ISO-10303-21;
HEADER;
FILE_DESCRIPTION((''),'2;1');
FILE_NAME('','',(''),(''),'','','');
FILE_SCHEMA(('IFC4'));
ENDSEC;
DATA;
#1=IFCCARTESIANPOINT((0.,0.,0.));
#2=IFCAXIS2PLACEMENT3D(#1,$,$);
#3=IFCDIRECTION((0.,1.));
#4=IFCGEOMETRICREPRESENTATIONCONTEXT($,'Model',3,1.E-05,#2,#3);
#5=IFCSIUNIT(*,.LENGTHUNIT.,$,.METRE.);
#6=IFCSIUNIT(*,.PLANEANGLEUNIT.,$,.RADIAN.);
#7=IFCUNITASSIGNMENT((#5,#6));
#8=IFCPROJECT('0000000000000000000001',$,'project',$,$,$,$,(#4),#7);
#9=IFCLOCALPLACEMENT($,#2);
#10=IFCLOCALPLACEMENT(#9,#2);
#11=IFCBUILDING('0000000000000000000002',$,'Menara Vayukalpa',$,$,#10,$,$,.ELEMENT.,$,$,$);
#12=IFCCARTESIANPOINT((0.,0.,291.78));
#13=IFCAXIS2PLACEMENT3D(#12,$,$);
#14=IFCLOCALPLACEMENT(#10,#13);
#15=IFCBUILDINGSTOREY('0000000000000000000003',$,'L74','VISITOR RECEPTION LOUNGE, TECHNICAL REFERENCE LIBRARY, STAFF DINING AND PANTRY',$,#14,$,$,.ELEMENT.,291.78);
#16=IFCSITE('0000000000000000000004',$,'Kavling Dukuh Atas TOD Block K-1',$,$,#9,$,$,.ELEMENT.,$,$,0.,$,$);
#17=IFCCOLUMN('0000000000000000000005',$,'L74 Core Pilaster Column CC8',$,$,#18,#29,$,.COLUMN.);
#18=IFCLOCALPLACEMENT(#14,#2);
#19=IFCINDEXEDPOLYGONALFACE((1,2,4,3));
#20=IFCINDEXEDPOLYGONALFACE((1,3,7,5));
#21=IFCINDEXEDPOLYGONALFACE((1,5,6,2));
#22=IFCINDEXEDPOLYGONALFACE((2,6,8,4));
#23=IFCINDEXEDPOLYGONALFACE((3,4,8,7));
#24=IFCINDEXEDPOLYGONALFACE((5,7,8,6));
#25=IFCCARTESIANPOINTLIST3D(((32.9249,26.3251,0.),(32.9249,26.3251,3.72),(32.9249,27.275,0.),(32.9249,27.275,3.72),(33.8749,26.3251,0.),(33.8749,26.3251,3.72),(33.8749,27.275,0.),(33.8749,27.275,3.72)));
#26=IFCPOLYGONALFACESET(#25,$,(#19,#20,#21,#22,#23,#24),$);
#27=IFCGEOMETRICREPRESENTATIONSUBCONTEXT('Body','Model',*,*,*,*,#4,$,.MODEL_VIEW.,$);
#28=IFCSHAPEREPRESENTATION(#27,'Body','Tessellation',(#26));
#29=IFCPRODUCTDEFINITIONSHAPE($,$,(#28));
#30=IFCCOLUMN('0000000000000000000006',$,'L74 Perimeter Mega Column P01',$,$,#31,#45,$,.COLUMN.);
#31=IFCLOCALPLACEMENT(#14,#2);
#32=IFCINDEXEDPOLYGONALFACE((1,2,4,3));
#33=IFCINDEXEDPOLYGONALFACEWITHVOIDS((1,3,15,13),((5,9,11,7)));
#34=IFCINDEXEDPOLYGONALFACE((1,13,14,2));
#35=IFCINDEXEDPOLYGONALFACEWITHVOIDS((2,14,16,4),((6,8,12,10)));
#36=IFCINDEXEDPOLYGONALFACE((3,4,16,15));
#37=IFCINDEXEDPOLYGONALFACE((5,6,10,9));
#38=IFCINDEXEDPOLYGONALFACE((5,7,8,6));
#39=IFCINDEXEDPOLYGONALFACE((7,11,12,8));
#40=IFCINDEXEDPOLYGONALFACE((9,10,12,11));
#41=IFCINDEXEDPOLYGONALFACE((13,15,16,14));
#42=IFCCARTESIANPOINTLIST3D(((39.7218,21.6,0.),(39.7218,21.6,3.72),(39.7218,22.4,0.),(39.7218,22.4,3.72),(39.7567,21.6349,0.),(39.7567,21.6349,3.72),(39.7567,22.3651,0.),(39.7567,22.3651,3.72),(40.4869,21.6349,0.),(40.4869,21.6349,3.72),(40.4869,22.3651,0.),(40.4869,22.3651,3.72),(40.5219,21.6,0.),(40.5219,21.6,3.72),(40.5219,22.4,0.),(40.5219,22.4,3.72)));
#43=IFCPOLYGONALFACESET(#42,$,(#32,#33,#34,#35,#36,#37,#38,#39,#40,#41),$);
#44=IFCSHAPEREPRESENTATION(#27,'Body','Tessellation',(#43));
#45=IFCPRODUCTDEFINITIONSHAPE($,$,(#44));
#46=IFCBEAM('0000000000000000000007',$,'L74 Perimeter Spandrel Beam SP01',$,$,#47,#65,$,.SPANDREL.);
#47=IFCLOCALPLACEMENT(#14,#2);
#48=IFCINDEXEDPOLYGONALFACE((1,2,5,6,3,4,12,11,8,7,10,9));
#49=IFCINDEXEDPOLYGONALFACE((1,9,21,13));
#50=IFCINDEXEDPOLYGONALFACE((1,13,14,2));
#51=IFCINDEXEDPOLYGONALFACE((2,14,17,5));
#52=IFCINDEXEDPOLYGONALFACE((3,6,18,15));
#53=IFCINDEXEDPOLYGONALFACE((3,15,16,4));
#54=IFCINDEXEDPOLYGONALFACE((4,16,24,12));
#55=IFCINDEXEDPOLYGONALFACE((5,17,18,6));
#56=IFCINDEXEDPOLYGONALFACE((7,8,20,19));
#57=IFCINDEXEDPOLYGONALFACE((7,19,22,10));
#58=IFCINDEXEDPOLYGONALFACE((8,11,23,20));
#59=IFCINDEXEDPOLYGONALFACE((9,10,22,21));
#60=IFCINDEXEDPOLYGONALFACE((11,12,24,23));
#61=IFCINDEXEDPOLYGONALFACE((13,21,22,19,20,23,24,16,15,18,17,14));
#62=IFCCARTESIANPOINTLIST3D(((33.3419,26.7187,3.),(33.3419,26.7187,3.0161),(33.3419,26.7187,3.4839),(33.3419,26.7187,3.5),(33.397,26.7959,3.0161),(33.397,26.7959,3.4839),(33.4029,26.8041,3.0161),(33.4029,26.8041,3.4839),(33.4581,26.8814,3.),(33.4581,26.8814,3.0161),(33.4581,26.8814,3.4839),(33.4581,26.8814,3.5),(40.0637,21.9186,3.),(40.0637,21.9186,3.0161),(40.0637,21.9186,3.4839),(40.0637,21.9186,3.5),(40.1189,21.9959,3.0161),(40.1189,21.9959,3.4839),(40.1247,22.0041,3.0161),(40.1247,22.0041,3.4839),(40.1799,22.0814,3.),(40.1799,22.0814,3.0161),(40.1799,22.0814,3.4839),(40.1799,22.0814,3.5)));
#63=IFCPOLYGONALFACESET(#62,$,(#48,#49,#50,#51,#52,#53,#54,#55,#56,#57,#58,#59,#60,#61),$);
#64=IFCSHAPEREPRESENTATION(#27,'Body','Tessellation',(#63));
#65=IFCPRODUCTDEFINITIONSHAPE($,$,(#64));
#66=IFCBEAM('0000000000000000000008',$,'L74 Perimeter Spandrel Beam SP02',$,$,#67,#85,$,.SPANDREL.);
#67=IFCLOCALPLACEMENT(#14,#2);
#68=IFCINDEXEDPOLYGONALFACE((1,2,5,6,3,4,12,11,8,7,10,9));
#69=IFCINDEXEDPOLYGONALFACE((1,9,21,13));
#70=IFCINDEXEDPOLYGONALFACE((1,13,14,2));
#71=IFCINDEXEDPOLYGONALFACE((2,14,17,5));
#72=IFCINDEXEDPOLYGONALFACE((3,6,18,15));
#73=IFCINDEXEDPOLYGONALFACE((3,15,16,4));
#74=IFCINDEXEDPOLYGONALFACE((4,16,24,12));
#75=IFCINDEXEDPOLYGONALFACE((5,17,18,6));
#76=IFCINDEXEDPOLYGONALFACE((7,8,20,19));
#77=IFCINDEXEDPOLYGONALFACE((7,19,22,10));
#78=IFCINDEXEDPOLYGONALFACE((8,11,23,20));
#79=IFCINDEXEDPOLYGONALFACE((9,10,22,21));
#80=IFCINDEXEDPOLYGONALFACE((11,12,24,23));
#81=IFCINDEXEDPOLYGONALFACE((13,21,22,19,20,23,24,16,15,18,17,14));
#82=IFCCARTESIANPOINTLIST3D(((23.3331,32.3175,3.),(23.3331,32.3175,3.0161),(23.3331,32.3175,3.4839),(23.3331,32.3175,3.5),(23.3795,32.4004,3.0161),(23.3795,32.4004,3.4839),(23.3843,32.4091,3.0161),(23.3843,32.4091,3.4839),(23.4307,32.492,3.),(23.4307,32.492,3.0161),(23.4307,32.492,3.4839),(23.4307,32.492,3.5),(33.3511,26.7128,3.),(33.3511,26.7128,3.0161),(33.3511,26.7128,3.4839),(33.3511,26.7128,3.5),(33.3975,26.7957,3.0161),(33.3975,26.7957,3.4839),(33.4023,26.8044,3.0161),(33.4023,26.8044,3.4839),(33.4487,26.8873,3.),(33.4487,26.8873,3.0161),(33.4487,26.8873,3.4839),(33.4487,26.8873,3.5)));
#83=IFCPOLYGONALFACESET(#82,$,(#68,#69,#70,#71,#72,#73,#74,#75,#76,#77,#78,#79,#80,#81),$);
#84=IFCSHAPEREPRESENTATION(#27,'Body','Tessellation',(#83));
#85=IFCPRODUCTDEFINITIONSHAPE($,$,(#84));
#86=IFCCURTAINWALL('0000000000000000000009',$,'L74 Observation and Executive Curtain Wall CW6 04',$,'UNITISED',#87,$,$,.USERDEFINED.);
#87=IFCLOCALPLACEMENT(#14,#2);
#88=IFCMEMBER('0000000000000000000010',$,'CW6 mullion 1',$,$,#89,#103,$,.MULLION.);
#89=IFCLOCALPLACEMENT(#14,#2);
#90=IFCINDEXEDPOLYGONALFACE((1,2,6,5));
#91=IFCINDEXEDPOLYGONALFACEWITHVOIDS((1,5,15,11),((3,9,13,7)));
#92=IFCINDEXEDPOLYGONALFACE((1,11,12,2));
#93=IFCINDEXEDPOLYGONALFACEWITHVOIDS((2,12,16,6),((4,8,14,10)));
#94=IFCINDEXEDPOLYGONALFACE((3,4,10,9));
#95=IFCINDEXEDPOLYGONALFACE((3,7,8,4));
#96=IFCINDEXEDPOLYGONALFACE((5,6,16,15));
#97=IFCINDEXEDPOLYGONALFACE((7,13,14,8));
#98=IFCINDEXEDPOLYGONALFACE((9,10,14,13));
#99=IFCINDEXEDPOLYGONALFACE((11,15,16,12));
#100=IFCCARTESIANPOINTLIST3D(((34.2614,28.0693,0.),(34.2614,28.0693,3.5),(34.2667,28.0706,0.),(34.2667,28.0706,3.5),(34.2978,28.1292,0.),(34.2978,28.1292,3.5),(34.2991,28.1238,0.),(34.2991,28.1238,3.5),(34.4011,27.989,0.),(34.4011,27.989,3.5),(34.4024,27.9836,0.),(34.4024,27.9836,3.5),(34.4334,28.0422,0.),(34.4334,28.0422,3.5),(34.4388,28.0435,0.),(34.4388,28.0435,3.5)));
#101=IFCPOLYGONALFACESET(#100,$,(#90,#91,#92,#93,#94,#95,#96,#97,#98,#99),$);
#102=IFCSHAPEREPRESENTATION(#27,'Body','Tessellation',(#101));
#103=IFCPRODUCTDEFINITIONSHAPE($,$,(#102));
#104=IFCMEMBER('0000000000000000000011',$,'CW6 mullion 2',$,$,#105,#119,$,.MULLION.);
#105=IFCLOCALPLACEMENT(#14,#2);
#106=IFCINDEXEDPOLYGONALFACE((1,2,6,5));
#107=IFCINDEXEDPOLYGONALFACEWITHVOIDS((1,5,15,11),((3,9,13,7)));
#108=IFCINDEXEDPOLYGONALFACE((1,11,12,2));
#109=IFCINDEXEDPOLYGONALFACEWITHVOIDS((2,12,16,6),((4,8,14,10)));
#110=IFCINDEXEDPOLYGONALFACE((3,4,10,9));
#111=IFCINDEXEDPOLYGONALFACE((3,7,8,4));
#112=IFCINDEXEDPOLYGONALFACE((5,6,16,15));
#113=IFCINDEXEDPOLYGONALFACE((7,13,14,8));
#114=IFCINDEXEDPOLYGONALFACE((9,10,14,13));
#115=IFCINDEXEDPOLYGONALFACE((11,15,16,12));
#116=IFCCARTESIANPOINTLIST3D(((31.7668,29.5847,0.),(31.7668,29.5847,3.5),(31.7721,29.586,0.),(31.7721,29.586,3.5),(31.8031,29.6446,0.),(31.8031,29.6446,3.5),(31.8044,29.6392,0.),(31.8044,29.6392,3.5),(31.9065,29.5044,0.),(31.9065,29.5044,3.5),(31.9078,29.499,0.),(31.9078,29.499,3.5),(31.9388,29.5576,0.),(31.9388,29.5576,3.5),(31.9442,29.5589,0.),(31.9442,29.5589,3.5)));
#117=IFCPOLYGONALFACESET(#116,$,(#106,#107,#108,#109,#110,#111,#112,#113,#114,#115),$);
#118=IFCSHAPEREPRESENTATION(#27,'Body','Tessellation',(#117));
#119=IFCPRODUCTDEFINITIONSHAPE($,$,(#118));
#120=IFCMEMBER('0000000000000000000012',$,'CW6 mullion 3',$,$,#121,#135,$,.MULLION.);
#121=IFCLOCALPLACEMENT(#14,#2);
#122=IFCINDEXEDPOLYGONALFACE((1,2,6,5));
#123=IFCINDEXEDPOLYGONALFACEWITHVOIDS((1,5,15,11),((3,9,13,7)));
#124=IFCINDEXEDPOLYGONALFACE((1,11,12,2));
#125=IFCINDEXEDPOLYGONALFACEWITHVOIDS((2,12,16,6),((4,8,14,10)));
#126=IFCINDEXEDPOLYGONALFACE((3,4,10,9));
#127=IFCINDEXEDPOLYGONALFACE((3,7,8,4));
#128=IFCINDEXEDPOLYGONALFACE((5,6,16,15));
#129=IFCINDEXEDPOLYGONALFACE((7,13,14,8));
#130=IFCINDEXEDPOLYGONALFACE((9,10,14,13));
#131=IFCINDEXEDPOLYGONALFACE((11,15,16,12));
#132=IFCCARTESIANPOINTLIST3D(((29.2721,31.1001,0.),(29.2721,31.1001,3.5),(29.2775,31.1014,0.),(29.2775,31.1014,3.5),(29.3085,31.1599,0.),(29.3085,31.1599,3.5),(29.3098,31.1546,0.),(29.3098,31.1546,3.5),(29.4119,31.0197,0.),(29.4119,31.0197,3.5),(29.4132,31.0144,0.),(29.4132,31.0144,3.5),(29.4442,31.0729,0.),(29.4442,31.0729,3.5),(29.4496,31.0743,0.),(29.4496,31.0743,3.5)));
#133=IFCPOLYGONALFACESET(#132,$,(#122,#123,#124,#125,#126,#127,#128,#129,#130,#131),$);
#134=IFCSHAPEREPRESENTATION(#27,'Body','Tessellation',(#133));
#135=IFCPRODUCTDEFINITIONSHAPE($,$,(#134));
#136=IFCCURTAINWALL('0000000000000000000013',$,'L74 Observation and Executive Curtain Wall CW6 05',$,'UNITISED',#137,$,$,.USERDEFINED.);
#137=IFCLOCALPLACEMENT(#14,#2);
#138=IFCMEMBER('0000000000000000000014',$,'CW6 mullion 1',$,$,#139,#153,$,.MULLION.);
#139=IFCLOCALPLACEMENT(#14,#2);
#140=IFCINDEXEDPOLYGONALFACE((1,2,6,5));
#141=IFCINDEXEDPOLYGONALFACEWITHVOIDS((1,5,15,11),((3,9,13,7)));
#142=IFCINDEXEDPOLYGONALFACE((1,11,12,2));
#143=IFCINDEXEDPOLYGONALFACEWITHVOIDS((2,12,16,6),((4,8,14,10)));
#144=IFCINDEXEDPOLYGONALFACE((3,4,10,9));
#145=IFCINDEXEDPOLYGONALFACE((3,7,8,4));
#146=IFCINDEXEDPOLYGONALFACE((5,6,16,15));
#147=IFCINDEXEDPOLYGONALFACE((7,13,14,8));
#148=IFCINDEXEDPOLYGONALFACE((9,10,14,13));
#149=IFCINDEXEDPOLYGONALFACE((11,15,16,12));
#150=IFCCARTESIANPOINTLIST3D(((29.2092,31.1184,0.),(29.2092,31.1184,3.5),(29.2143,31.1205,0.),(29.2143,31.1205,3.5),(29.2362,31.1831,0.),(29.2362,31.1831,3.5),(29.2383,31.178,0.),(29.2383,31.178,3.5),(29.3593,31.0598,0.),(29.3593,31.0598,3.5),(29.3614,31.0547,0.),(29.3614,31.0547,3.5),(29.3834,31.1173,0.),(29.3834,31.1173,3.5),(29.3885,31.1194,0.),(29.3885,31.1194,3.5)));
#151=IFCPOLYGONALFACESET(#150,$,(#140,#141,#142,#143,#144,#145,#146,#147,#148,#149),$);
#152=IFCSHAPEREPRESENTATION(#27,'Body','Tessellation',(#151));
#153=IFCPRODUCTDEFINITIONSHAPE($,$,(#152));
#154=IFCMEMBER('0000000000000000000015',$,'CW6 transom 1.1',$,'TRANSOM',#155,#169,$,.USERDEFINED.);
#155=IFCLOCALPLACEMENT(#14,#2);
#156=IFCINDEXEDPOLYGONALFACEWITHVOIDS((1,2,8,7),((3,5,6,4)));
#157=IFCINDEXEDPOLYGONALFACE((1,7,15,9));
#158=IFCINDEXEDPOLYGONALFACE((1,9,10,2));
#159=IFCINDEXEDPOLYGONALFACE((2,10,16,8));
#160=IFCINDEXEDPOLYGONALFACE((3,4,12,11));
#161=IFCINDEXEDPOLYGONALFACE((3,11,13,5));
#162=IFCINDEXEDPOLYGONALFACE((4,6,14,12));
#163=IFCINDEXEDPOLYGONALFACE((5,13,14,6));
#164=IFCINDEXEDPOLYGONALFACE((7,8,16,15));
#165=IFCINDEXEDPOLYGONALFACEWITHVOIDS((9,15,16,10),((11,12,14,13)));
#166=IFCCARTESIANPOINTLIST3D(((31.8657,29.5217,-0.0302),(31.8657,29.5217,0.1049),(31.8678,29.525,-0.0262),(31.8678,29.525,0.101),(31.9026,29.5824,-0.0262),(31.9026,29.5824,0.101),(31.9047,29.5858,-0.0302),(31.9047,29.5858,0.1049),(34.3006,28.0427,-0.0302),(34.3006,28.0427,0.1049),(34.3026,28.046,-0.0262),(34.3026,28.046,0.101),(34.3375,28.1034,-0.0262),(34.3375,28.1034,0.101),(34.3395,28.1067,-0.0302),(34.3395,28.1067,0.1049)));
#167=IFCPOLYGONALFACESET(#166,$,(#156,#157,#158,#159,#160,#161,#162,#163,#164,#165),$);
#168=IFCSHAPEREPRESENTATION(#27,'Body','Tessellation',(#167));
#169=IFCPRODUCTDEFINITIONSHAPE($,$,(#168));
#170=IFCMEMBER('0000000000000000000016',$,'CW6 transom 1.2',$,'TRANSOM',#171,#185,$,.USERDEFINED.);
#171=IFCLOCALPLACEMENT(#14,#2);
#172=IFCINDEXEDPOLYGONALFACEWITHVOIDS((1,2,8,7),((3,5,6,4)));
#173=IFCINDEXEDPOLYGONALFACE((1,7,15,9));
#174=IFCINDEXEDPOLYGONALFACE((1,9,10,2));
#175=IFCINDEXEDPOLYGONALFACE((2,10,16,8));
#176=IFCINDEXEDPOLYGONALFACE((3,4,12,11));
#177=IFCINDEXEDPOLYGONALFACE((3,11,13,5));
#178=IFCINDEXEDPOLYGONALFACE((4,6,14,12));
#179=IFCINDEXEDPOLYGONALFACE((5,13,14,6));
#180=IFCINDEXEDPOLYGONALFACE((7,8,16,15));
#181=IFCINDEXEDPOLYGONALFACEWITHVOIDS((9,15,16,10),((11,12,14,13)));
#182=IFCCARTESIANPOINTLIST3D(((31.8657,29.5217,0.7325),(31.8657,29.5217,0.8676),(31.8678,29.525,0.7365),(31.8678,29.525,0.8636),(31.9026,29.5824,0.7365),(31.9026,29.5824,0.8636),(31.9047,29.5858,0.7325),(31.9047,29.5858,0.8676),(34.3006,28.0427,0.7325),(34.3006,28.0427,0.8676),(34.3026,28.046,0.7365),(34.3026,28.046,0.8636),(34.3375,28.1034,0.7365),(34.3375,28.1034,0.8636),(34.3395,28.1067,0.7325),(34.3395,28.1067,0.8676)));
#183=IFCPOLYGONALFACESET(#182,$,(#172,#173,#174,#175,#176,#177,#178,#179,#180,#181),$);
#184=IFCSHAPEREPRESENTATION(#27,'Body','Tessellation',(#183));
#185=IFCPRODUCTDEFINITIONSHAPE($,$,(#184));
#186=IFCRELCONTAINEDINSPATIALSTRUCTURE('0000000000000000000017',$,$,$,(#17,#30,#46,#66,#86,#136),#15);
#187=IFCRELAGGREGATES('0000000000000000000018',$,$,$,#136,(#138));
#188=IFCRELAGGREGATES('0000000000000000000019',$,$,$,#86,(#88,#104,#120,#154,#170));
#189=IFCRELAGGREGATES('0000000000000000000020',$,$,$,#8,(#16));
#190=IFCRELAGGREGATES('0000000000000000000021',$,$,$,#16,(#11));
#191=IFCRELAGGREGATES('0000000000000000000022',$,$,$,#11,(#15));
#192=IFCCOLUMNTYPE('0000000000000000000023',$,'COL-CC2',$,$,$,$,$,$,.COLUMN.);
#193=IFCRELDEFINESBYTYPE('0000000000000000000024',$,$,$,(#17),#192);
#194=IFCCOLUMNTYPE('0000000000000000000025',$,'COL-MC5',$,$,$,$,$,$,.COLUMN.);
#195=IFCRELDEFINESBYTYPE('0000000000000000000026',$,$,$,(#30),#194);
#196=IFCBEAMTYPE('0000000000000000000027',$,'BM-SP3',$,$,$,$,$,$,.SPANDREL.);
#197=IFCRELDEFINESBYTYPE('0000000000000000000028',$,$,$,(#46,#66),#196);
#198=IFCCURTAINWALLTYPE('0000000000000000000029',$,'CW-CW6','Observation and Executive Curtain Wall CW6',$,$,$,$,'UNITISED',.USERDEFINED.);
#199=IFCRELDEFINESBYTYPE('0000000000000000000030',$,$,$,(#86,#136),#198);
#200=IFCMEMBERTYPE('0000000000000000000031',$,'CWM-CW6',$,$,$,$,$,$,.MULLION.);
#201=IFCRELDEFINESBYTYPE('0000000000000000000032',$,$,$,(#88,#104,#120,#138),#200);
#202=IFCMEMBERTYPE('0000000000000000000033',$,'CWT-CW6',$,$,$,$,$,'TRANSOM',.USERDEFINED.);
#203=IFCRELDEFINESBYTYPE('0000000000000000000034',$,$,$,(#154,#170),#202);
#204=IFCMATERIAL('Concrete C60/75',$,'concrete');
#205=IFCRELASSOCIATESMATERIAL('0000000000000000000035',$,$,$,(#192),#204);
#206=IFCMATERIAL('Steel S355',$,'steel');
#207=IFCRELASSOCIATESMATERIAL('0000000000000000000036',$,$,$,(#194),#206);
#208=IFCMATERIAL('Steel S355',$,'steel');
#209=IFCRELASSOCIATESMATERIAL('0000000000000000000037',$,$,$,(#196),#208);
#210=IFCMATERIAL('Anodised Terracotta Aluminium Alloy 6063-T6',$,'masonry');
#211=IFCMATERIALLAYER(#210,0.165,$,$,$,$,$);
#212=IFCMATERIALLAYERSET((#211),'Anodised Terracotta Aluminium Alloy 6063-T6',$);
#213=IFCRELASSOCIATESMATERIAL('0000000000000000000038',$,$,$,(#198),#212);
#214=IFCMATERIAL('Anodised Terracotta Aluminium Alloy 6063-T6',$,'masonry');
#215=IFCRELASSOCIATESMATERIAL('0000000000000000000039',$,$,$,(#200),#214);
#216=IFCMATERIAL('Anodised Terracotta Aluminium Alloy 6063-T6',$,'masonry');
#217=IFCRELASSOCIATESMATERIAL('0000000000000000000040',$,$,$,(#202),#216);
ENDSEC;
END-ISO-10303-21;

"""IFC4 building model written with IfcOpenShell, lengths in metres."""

from ifc_helpers import new_model, si_unit, direction, frame, origin, origin_2d, place, context, subcontext, project, spatial, rectangle, hollow_rectangle, i_section, extrude, material, layer, layer_set, material_profile, profile_set, type_object, element, aggregate, save


model = new_model("IFC4")

# Units and contexts
model_context = context("Model", 3, precision=1e-05, world=origin(), true_north=direction((0.0, 1.0)))
body_context = subcontext(model_context, "Body", "Model", "MODEL_VIEW")
ifc_project = project(units=[si_unit("LENGTHUNIT", "METRE"), si_unit("PLANEANGLEUNIT", "RADIAN")], contexts=[model_context])

# Site, building, storey
site_placement = place(None, origin())
site = spatial("IfcSite", under=ifc_project, at=site_placement, Name="Kavling Dukuh Atas TOD Block K-1", CompositionType="ELEMENT", RefElevation=0.0)
building_placement = place(site_placement, origin())
building = spatial("IfcBuilding", under=site, at=building_placement, Name="Menara Vayukalpa", CompositionType="ELEMENT")
storey_placement = place(building_placement, frame((0.0, 0.0, 291.78)))
storey = spatial("IfcBuildingStorey", under=building, at=storey_placement, Name="L74", Description="VISITOR RECEPTION LOUNGE, TECHNICAL REFERENCE LIBRARY, STAFF DINING AND PANTRY", CompositionType="ELEMENT", Elevation=291.78)

# Columns
ifc_material_1 = material(Name="Concrete C60/75", Category="concrete")
ifc_material_profile_1 = material_profile(ifc_material_1, rectangle(XDim=0.95, YDim=0.95, at=origin_2d()), Name="RC 950x950")
ifc_profile_set_1 = profile_set([ifc_material_profile_1], Name="Concrete C60/75")
column_type_1 = type_object("IfcColumnType", Name="COL-CC2", PredefinedType="COLUMN", material=ifc_profile_set_1)
column_1_placement = place(storey_placement, frame((33.3999, 26.8, 0.0), z_axis=(0.0, 0.0, 1.0), x_axis=(1.0, 0.0, 0.0)))
element("IfcColumn", 1, at=column_1_placement, inside=storey, type_object=column_type_1, Name="L74 Core Pilaster Column CC8", PredefinedType="COLUMN", context=body_context, shape_type="SweptSolid", body=[
    extrude(rectangle(XDim=0.95, YDim=0.95, at=origin_2d()), origin(), (0.0, 0.0, 1.0), 3.72),
])
ifc_material_2 = material(Name="Steel S355", Category="steel")
ifc_material_profile_2 = material_profile(ifc_material_2, hollow_rectangle(XDim=0.8, YDim=0.8, WallThickness=0.0349, at=origin_2d()), Name="BOX 800x800x35")
ifc_profile_set_2 = profile_set([ifc_material_profile_2], Name="Steel S355")
column_type_2 = type_object("IfcColumnType", Name="COL-MC5", PredefinedType="COLUMN", material=ifc_profile_set_2)
column_2_placement = place(storey_placement, frame((40.1218, 22.0, 0.0), z_axis=(0.0, 0.0, 1.0), x_axis=(1.0, 0.0, 0.0)))
element("IfcColumn", 2, at=column_2_placement, inside=storey, type_object=column_type_2, Name="L74 Perimeter Mega Column P01", PredefinedType="COLUMN", context=body_context, shape_type="SweptSolid", body=[
    extrude(hollow_rectangle(XDim=0.8, YDim=0.8, WallThickness=0.0349, at=origin_2d()), origin(), (0.0, 0.0, 1.0), 3.72),
])

# Beams
ifc_material_3 = material(Name="Steel S355", Category="steel")
ifc_material_profile_3 = material_profile(ifc_material_3, i_section(OverallWidth=0.2, OverallDepth=0.5, WebThickness=0.01, FlangeThickness=0.0161, at=origin_2d()), Name="WF 500x200x10x16")
ifc_profile_set_3 = profile_set([ifc_material_profile_3], Name="Steel S355")
beam_type = type_object("IfcBeamType", Name="BM-SP3", PredefinedType="SPANDREL", material=ifc_profile_set_3)
beam_1_placement = place(storey_placement, frame((40.1218, 22.0, 3.25), z_axis=(-0.813809, 0.581132, 0.0), x_axis=(-0.581132, -0.813809, 0.0)))
element("IfcBeam", 3, at=beam_1_placement, inside=storey, type_object=beam_type, Name="L74 Perimeter Spandrel Beam SP01", PredefinedType="SPANDREL", context=body_context, shape_type="SweptSolid", body=[
    extrude(i_section(OverallWidth=0.2, OverallDepth=0.5, WebThickness=0.01, FlangeThickness=0.0161, at=origin_2d()), origin(), (0.0, 0.0, 1.0), 8.2598),
])
beam_2_placement = place(storey_placement, frame((33.3999, 26.8, 3.25), z_axis=(-0.872706, 0.488246, 0.0), x_axis=(-0.488246, -0.872706, 0.0)))
element("IfcBeam", 4, at=beam_2_placement, inside=storey, type_object=beam_type, Name="L74 Perimeter Spandrel Beam SP02", PredefinedType="SPANDREL", context=body_context, shape_type="SweptSolid", body=[
    extrude(i_section(OverallWidth=0.2, OverallDepth=0.5, WebThickness=0.01, FlangeThickness=0.0161, at=origin_2d()), origin(), (0.0, 0.0, 1.0), 11.4792),
])

# Curtain wall, members
ifc_material_4 = material(Name="Anodised Terracotta Aluminium Alloy 6063-T6", Category="masonry")
ifc_layer_1 = layer(ifc_material_4, 0.165)
ifc_layer_set_1 = layer_set([ifc_layer_1], Name="Anodised Terracotta Aluminium Alloy 6063-T6")
curtain_wall_type = type_object("IfcCurtainWallType", Name="CW-CW6", Description="Observation and Executive Curtain Wall CW6", ElementType="UNITISED", PredefinedType="USERDEFINED", material=ifc_layer_set_1)
curtain_wall_1_placement = place(storey_placement, origin())
curtain_wall_1 = element("IfcCurtainWall", 5, at=curtain_wall_1_placement, inside=storey, type_object=curtain_wall_type, Name="L74 Observation and Executive Curtain Wall CW6 04", ObjectType="UNITISED", PredefinedType="USERDEFINED")
ifc_material_5 = material(Name="Anodised Terracotta Aluminium Alloy 6063-T6", Category="masonry")
ifc_material_profile_4 = material_profile(ifc_material_5, hollow_rectangle(XDim=0.0701, YDim=0.165, WallThickness=0.0039, at=origin_2d()), Name="ALU 70x165x4")
ifc_profile_set_4 = profile_set([ifc_material_profile_4], Name="Anodised Terracotta Aluminium Alloy 6063-T6")
member_type_1 = type_object("IfcMemberType", Name="CWM-CW6", PredefinedType="MULLION", material=ifc_profile_set_4)
member_1_placement = place(storey_placement, frame((34.3501, 28.0564, 0.0), z_axis=(0.0, 0.0, 1.0), x_axis=(-0.519176, -0.854668, 0.0)))
member_1 = element("IfcMember", 6, at=member_1_placement, type_object=member_type_1, Name="CW6 mullion 1", PredefinedType="MULLION", context=body_context, shape_type="SweptSolid", body=[
    extrude(hollow_rectangle(XDim=0.0701, YDim=0.165, WallThickness=0.0039, at=origin_2d()), origin(), (0.0, 0.0, 1.0), 3.5),
])
member_2_placement = place(storey_placement, frame((31.8555, 29.5718, 0.0), z_axis=(0.0, 0.0, 1.0), x_axis=(-0.519176, -0.854668, 0.0)))
member_2 = element("IfcMember", 7, at=member_2_placement, type_object=member_type_1, Name="CW6 mullion 2", PredefinedType="MULLION", context=body_context, shape_type="SweptSolid", body=[
    extrude(hollow_rectangle(XDim=0.0701, YDim=0.165, WallThickness=0.0039, at=origin_2d()), origin(), (0.0, 0.0, 1.0), 3.5),
])
member_3_placement = place(storey_placement, frame((29.3608, 31.0872, 0.0), z_axis=(0.0, 0.0, 1.0), x_axis=(-0.519176, -0.854668, 0.0)))
member_3 = element("IfcMember", 8, at=member_3_placement, type_object=member_type_1, Name="CW6 mullion 3", PredefinedType="MULLION", context=body_context, shape_type="SweptSolid", body=[
    extrude(hollow_rectangle(XDim=0.0701, YDim=0.165, WallThickness=0.0039, at=origin_2d()), origin(), (0.0, 0.0, 1.0), 3.5),
])

# Curtain wall, member
curtain_wall_2_placement = place(storey_placement, origin())
curtain_wall_2 = element("IfcCurtainWall", 9, at=curtain_wall_2_placement, inside=storey, type_object=curtain_wall_type, Name="L74 Observation and Executive Curtain Wall CW6 05", ObjectType="UNITISED", PredefinedType="USERDEFINED")
member_4_placement = place(storey_placement, frame((29.2988, 31.1189, 0.0), z_axis=(0.0, 0.0, 1.0), x_axis=(-0.3859, -0.922541, 0.0)))
member_4 = element("IfcMember", 10, at=member_4_placement, type_object=member_type_1, Name="CW6 mullion 1", PredefinedType="MULLION", context=body_context, shape_type="SweptSolid", body=[
    extrude(hollow_rectangle(XDim=0.0701, YDim=0.165, WallThickness=0.0039, at=origin_2d()), origin(), (0.0, 0.0, 1.0), 3.5),
])
aggregate(curtain_wall_2, [member_4])

# Members
ifc_material_6 = material(Name="Anodised Terracotta Aluminium Alloy 6063-T6", Category="masonry")
ifc_material_profile_5 = material_profile(ifc_material_6, hollow_rectangle(XDim=0.075, YDim=0.135, WallThickness=0.0039, at=origin_2d()), Name="ALU 75x135x4")
ifc_profile_set_5 = profile_set([ifc_material_profile_5], Name="Anodised Terracotta Aluminium Alloy 6063-T6")
member_type_2 = type_object("IfcMemberType", Name="CWT-CW6", ElementType="TRANSOM", PredefinedType="USERDEFINED", material=ifc_profile_set_5)
member_5_placement = place(storey_placement, frame((34.3201, 28.0747, 0.0374), z_axis=(-0.854675, 0.519164, 0.0), x_axis=(-0.519164, -0.854675, 0.0)))
member_5 = element("IfcMember", 11, at=member_5_placement, type_object=member_type_2, Name="CW6 transom 1.1", ObjectType="TRANSOM", PredefinedType="USERDEFINED", context=body_context, shape_type="SweptSolid", body=[
    extrude(hollow_rectangle(XDim=0.075, YDim=0.135, WallThickness=0.0039, at=origin_2d()), origin(), (0.0, 0.0, 1.0), 2.8489),
])
member_6_placement = place(storey_placement, frame((34.3201, 28.0747, 0.8), z_axis=(-0.854675, 0.519164, 0.0), x_axis=(-0.519164, -0.854675, 0.0)))
member_6 = element("IfcMember", 12, at=member_6_placement, type_object=member_type_2, Name="CW6 transom 1.2", ObjectType="TRANSOM", PredefinedType="USERDEFINED", context=body_context, shape_type="SweptSolid", body=[
    extrude(hollow_rectangle(XDim=0.075, YDim=0.135, WallThickness=0.0039, at=origin_2d()), origin(), (0.0, 0.0, 1.0), 2.8489),
])

aggregate(curtain_wall_1, [member_1, member_2, member_3, member_5, member_6])

save(model, "model.ifc")
